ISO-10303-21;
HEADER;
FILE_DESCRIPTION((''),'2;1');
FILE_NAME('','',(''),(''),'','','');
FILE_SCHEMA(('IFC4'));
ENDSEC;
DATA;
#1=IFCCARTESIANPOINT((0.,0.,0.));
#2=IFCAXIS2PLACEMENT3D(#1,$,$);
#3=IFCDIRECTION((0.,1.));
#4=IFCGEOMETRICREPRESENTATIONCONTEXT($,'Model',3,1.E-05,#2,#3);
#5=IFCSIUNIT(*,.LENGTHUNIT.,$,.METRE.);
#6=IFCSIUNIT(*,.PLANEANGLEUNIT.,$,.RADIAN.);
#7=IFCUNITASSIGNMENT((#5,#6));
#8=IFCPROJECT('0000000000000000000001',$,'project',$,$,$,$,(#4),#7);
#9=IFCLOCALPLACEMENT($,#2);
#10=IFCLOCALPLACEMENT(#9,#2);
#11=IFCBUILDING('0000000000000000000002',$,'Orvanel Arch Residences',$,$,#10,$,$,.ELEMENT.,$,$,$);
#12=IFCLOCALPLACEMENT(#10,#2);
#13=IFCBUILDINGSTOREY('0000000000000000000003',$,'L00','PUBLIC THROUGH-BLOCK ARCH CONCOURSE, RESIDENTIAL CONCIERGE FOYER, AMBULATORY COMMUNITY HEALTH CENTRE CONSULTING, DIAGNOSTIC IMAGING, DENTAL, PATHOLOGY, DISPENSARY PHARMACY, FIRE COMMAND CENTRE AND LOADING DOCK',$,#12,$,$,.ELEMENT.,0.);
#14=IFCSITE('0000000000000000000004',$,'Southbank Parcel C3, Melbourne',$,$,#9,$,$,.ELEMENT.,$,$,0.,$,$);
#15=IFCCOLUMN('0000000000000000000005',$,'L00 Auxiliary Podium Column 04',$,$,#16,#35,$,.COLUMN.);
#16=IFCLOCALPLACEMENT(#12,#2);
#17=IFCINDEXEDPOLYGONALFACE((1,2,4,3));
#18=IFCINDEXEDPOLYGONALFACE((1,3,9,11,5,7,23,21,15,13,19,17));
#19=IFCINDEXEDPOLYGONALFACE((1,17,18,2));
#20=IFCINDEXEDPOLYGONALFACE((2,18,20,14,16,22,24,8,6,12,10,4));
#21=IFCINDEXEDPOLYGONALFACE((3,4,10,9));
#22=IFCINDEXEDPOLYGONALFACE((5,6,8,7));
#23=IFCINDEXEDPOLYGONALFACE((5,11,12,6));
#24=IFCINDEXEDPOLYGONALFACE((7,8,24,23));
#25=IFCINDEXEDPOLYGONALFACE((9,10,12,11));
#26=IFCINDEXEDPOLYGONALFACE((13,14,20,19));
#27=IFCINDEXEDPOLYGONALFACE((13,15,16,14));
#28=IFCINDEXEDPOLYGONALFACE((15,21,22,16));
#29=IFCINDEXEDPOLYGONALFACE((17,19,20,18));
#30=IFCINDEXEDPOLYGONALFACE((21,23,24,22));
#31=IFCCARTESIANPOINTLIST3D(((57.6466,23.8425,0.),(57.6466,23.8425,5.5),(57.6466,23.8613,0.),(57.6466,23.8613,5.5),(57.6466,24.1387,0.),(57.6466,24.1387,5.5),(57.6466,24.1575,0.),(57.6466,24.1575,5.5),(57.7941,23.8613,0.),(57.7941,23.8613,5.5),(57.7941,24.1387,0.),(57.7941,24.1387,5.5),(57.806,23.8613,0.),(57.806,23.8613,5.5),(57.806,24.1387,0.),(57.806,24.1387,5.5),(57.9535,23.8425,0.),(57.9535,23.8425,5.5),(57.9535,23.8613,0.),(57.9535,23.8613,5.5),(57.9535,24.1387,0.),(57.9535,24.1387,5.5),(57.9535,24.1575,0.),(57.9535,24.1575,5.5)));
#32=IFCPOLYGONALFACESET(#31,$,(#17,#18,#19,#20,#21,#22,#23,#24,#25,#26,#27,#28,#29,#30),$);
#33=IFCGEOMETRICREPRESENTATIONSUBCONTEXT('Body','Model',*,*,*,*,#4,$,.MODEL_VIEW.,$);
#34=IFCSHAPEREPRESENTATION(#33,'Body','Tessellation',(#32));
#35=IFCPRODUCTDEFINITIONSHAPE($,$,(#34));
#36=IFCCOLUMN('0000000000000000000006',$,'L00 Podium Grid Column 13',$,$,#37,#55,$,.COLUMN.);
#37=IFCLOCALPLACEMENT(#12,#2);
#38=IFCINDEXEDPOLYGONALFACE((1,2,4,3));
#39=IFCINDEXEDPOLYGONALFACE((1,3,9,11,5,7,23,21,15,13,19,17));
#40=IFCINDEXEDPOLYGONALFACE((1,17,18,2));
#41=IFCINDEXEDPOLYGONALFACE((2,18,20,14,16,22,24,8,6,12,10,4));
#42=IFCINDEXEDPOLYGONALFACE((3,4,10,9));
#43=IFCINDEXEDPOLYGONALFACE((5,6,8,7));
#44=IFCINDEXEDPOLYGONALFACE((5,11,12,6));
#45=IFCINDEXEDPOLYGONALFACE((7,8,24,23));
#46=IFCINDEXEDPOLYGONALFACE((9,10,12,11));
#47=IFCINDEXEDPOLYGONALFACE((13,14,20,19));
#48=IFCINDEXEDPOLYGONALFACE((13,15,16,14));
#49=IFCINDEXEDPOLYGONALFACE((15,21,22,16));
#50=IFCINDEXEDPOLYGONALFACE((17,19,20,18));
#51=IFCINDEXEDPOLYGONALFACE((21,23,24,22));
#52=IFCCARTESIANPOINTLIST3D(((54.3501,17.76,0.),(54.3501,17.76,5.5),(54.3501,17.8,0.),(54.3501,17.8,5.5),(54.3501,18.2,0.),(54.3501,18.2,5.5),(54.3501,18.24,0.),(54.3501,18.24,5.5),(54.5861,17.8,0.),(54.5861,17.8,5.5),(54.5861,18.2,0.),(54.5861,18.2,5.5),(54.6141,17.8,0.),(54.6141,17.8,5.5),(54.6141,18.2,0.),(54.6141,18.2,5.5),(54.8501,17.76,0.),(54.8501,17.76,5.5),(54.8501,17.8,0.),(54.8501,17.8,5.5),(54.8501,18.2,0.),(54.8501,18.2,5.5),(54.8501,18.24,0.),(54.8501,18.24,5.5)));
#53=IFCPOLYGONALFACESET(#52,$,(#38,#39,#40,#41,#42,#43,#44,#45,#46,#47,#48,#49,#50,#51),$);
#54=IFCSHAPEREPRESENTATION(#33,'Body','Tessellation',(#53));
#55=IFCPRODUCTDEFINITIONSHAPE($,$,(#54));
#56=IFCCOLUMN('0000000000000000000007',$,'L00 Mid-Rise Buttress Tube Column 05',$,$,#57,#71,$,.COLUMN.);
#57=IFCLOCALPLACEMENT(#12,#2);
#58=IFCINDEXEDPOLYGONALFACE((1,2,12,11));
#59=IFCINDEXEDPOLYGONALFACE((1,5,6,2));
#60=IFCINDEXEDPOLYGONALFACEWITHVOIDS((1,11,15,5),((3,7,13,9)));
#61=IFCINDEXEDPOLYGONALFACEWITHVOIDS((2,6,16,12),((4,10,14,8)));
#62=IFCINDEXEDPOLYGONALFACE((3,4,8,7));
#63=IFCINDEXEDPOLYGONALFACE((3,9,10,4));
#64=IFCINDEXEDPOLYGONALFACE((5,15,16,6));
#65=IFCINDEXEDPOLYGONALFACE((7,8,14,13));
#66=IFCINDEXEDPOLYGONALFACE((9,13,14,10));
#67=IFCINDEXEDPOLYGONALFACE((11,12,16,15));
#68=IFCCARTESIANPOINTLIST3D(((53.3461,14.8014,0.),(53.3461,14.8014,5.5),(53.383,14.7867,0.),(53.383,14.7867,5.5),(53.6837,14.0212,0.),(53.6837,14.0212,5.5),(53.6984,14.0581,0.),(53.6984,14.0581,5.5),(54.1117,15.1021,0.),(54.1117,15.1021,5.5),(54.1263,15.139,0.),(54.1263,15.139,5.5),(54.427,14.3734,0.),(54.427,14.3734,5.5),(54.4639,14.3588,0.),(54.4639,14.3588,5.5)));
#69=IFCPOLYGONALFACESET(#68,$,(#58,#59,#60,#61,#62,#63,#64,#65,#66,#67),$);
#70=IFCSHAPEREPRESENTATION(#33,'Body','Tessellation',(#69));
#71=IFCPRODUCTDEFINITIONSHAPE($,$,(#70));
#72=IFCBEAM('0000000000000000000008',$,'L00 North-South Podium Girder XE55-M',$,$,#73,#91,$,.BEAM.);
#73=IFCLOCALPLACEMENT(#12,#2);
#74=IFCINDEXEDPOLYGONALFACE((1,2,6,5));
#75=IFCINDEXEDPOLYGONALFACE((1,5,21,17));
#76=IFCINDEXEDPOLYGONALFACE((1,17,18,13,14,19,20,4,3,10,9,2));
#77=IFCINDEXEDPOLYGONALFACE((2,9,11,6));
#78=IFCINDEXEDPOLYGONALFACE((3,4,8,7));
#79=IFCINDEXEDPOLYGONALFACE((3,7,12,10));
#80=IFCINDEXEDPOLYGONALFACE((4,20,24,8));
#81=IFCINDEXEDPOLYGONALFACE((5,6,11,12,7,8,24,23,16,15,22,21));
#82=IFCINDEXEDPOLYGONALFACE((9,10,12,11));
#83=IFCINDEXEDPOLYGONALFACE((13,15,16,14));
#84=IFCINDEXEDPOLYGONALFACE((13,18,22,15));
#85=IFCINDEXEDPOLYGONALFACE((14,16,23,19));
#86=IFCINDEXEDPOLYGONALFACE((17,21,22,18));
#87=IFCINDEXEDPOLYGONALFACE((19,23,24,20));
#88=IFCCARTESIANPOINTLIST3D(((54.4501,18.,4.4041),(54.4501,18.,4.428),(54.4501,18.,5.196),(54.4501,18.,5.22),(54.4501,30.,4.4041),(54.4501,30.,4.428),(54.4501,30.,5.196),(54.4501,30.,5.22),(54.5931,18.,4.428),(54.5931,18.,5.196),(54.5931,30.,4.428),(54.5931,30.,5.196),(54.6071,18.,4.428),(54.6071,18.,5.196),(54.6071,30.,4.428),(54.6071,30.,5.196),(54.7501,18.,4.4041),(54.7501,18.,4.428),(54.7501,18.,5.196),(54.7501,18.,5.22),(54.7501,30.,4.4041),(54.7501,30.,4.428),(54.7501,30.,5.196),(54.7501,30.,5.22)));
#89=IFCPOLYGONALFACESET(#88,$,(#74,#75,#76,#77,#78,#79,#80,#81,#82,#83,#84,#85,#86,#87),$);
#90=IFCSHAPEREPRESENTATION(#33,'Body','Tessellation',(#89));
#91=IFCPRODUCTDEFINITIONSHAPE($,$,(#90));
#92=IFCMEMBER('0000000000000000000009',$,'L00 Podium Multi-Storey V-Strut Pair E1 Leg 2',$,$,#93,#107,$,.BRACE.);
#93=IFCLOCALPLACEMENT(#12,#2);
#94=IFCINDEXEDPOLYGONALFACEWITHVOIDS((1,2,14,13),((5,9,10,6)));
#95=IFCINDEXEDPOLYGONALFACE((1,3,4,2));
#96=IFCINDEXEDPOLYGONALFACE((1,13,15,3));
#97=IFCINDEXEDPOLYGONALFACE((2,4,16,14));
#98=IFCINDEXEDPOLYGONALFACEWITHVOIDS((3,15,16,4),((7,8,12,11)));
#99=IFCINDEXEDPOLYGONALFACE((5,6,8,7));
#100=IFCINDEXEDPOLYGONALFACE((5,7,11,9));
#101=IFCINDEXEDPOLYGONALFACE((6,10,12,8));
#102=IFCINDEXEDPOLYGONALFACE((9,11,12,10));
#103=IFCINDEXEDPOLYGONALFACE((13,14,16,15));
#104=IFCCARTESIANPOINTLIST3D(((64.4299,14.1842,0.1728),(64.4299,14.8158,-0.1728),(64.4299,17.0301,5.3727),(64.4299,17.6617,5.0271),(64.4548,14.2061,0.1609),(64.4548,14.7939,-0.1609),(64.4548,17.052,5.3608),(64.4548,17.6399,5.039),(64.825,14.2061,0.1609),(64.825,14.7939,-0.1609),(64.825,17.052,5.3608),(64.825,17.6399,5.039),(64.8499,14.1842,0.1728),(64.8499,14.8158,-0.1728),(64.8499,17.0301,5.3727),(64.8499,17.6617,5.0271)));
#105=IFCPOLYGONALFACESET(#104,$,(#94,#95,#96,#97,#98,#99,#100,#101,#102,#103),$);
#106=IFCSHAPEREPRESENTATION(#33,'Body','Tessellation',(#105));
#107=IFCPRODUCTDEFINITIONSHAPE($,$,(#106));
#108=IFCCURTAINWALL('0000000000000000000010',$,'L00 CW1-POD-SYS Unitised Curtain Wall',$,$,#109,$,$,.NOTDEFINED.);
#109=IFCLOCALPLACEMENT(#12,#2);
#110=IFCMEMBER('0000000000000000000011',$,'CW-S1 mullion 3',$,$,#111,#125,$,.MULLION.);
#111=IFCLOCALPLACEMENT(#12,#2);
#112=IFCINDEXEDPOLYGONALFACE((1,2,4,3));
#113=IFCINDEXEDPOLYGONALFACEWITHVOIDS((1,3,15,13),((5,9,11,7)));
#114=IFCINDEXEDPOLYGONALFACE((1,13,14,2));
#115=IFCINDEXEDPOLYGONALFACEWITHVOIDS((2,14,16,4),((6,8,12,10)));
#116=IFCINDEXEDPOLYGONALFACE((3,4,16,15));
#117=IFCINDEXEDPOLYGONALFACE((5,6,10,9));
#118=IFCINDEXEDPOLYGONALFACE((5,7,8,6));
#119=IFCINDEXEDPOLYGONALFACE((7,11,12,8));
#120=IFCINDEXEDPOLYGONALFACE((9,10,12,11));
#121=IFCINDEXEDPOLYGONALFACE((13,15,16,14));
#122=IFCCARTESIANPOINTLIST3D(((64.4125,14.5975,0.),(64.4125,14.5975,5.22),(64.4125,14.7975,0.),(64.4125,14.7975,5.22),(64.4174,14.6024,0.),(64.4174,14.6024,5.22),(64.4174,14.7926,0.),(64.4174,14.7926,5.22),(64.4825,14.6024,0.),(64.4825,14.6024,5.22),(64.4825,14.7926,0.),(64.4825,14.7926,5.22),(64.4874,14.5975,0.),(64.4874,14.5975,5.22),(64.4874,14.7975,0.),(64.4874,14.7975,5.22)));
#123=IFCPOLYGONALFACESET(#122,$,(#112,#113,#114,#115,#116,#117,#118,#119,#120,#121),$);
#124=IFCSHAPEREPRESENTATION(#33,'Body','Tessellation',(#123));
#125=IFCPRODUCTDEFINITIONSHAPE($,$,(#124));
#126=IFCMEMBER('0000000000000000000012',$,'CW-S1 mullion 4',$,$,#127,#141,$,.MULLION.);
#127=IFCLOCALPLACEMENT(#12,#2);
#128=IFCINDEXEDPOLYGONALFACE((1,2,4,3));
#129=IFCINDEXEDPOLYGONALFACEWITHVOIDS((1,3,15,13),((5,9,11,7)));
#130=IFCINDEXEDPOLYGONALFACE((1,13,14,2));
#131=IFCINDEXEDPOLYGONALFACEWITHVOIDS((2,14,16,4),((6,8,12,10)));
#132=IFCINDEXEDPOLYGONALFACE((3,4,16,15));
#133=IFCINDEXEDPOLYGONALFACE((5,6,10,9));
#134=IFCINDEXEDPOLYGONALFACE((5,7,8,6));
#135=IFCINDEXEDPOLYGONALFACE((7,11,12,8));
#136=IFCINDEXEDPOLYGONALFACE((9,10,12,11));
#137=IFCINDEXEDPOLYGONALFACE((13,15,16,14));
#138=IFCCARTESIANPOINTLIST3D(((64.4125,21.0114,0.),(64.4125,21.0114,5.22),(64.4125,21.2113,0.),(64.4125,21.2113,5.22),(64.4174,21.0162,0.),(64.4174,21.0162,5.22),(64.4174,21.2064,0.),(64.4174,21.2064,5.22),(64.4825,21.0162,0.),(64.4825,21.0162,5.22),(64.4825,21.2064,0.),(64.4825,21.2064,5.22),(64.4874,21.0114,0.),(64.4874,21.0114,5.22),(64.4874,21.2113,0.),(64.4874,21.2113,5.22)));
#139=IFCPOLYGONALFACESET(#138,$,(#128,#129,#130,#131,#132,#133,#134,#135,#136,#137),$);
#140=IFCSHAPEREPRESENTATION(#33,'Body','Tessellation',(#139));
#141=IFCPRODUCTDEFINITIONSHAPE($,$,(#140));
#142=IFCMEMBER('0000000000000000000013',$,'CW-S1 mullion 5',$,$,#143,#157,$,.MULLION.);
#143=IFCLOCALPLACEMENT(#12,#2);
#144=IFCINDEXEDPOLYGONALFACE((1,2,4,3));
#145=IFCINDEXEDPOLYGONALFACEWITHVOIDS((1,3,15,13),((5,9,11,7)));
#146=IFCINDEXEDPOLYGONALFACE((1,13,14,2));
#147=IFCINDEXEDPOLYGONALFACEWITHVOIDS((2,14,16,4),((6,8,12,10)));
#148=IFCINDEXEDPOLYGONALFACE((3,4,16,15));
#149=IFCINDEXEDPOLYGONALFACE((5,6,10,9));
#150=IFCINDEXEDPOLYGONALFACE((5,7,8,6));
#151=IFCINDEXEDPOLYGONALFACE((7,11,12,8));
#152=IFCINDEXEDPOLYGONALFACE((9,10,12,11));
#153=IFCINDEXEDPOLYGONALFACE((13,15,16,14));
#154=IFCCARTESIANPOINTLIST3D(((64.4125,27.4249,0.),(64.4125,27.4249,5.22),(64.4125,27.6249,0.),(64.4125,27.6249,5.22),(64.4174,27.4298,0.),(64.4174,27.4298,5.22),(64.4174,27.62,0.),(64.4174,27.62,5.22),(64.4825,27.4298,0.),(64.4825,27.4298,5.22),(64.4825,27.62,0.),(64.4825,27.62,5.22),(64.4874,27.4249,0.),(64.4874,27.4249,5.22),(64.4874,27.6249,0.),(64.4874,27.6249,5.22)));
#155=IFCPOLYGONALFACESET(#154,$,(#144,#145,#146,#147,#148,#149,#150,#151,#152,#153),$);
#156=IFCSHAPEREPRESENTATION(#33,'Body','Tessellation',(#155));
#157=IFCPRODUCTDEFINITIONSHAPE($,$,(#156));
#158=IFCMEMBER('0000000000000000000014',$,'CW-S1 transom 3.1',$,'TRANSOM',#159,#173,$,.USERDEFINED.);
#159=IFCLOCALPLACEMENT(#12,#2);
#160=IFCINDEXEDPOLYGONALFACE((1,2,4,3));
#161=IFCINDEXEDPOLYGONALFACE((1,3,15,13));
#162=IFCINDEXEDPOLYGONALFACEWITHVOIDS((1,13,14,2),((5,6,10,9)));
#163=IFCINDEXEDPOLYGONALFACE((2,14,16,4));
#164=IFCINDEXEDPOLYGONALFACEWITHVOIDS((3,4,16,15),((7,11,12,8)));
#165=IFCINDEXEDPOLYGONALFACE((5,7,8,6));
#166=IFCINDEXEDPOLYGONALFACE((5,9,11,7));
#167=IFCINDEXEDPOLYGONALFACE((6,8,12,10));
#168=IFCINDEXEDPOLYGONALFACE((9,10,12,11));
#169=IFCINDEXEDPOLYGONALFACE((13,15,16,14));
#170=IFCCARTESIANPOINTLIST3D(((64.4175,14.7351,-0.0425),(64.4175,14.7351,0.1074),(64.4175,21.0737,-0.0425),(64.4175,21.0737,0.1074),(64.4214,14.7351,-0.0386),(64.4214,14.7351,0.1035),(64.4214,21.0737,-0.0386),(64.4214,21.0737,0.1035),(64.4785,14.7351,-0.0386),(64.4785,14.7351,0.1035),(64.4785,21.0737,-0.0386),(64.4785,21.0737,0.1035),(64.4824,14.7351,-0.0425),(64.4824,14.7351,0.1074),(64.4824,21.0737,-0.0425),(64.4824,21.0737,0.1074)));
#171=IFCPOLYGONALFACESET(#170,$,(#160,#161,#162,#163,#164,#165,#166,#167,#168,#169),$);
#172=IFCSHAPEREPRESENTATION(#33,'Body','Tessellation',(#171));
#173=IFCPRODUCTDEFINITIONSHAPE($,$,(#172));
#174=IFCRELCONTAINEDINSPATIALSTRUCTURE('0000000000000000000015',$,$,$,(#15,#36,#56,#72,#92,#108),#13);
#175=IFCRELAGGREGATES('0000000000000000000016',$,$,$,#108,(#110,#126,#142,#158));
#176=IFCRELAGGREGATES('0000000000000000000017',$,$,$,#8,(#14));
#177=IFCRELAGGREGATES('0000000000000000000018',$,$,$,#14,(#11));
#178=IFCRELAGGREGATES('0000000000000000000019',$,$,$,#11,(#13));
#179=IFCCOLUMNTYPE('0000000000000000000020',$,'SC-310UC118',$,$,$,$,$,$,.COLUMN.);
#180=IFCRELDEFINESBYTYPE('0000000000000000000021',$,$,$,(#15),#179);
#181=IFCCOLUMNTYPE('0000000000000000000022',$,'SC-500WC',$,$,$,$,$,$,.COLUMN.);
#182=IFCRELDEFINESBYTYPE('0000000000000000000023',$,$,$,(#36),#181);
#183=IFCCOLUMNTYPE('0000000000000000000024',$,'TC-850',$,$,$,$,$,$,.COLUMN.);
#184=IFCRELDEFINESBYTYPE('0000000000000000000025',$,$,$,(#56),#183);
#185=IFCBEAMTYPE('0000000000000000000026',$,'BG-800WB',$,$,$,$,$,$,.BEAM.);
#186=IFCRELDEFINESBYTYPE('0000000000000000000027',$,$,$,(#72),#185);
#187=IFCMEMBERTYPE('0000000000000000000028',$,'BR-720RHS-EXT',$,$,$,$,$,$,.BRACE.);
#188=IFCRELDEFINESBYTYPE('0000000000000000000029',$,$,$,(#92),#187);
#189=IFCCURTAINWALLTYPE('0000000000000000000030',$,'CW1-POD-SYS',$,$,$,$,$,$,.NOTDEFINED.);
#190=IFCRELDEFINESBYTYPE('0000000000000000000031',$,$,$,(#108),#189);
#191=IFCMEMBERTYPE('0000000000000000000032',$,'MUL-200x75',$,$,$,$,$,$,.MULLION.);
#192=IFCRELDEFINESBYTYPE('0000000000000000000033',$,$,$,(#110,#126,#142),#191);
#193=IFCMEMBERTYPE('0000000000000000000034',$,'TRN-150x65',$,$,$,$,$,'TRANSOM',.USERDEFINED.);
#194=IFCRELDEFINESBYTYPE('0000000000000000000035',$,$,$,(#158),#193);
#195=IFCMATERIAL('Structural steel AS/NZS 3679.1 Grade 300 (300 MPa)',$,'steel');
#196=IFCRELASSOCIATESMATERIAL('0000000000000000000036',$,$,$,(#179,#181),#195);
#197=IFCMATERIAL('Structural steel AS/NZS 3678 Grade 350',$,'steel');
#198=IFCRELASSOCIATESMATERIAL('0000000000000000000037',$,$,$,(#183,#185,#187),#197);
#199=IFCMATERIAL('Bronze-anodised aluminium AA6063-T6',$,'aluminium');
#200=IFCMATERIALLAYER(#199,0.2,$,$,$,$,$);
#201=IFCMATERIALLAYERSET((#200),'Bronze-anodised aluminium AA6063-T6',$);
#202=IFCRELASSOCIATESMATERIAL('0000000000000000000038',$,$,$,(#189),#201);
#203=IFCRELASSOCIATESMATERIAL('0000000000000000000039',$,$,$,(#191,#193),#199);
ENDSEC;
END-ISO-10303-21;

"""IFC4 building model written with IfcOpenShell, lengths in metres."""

from ifc_helpers import new_model, si_unit, direction, frame, origin, origin_2d, place, context, subcontext, project, spatial, hollow_rectangle, i_section, extrude, material, layer, layer_set, material_profile, profile_set, type_object, element, aggregate, save


model = new_model("IFC4")

# Units and contexts
model_context = context("Model", 3, precision=1e-05, world=origin(), true_north=direction((0.0, 1.0)))
body_context = subcontext(model_context, "Body", "Model", "MODEL_VIEW")
ifc_project = project(units=[si_unit("LENGTHUNIT", "METRE"), si_unit("PLANEANGLEUNIT", "RADIAN")], contexts=[model_context])

# Site, building, storey
site_placement = place(None, origin())
site = spatial("IfcSite", under=ifc_project, at=site_placement, Name="Southbank Parcel C3, Melbourne", CompositionType="ELEMENT", RefElevation=0.0)
building_placement = place(site_placement, origin())
building = spatial("IfcBuilding", under=site, at=building_placement, Name="Orvanel Arch Residences", CompositionType="ELEMENT")
storey_placement = place(building_placement, origin())
storey = spatial("IfcBuildingStorey", under=building, at=storey_placement, Name="L00", Description="PUBLIC THROUGH-BLOCK ARCH CONCOURSE, RESIDENTIAL CONCIERGE FOYER, AMBULATORY COMMUNITY HEALTH CENTRE CONSULTING, DIAGNOSTIC IMAGING, DENTAL, PATHOLOGY, DISPENSARY PHARMACY, FIRE COMMAND CENTRE AND LOADING DOCK", CompositionType="ELEMENT", Elevation=0.0)

# Columns
ifc_material_1 = material(Name="Structural steel AS/NZS 3679.1 Grade 300 (300 MPa)", Category="steel")
ifc_material_profile_1 = material_profile(ifc_material_1, i_section(OverallWidth=0.3069, OverallDepth=0.3149, WebThickness=0.012, FlangeThickness=0.0188, at=origin_2d()), Name="310UC118")
ifc_profile_set_1 = profile_set([ifc_material_profile_1], Name="Structural steel AS/NZS 3679.1 Grade 300 (300 MPa)")
column_type_1 = type_object("IfcColumnType", Name="SC-310UC118", PredefinedType="COLUMN", material=ifc_profile_set_1)
column_1_placement = place(storey_placement, frame((57.8, 24.0, 0.0), z_axis=(0.0, 0.0, 1.0), x_axis=(1.0, 0.0, 0.0)))
element("IfcColumn", 1, at=column_1_placement, inside=storey, type_object=column_type_1, Name="L00 Auxiliary Podium Column 04", PredefinedType="COLUMN", context=body_context, shape_type="SweptSolid", body=[
    extrude(i_section(OverallWidth=0.3069, OverallDepth=0.3149, WebThickness=0.012, FlangeThickness=0.0188, at=origin_2d()), origin(), (0.0, 0.0, 1.0), 5.5),
])
ifc_material_profile_2 = material_profile(ifc_material_1, i_section(OverallWidth=0.5, OverallDepth=0.48, WebThickness=0.0281, FlangeThickness=0.04, at=origin_2d()), Name="500WC440")
ifc_profile_set_2 = profile_set([ifc_material_profile_2], Name="Structural steel AS/NZS 3679.1 Grade 300 (300 MPa)")
column_type_2 = type_object("IfcColumnType", Name="SC-500WC", PredefinedType="COLUMN", material=ifc_profile_set_2)
column_2_placement = place(storey_placement, frame((54.6001, 18.0, 0.0), z_axis=(0.0, 0.0, 1.0), x_axis=(1.0, 0.0, 0.0)))
element("IfcColumn", 2, at=column_2_placement, inside=storey, type_object=column_type_2, Name="L00 Podium Grid Column 13", PredefinedType="COLUMN", context=body_context, shape_type="SweptSolid", body=[
    extrude(i_section(OverallWidth=0.5, OverallDepth=0.48, WebThickness=0.0281, FlangeThickness=0.04, at=origin_2d()), origin(), (0.0, 0.0, 1.0), 5.5),
])
ifc_material_2 = material(Name="Structural steel AS/NZS 3678 Grade 350", Category="steel")
ifc_material_profile_3 = material_profile(ifc_material_2, hollow_rectangle(XDim=0.8501, YDim=0.8501, WallThickness=0.0281, at=origin_2d()), Name="BOX850x850x28")
ifc_profile_set_3 = profile_set([ifc_material_profile_3], Name="Structural steel AS/NZS 3678 Grade 350")
column_type_3 = type_object("IfcColumnType", Name="TC-850", PredefinedType="COLUMN", material=ifc_profile_set_3)
column_3_placement = place(storey_placement, frame((53.905, 14.5801, 0.0), z_axis=(0.0, 0.0, 1.0), x_axis=(-0.397148, 0.917755, 0.0)))
element("IfcColumn", 3, at=column_3_placement, inside=storey, type_object=column_type_3, Name="L00 Mid-Rise Buttress Tube Column 05", PredefinedType="COLUMN", context=body_context, shape_type="SweptSolid", body=[
    extrude(hollow_rectangle(XDim=0.8501, YDim=0.8501, WallThickness=0.0281, at=origin_2d()), origin(), (0.0, 0.0, 1.0), 5.5),
])

# Beam
ifc_material_profile_4 = material_profile(ifc_material_2, i_section(OverallWidth=0.3, OverallDepth=0.8159, WebThickness=0.0139, FlangeThickness=0.0239, at=origin_2d()), Name="800WB192")
ifc_profile_set_4 = profile_set([ifc_material_profile_4], Name="Structural steel AS/NZS 3678 Grade 350")
beam_type = type_object("IfcBeamType", Name="BG-800WB", PredefinedType="BEAM", material=ifc_profile_set_4)
beam_placement = place(storey_placement, frame((54.6001, 18.0, 4.812), z_axis=(0.0, 1.0, 0.0), x_axis=(-1.0, 0.0, 0.0)))
element("IfcBeam", 4, at=beam_placement, inside=storey, type_object=beam_type, Name="L00 North-South Podium Girder XE55-M", PredefinedType="BEAM", context=body_context, shape_type="SweptSolid", body=[
    extrude(i_section(OverallWidth=0.3, OverallDepth=0.8159, WebThickness=0.0139, FlangeThickness=0.0239, at=origin_2d()), origin(), (0.0, 0.0, 1.0), 12.0),
])

# Member
ifc_material_profile_5 = material_profile(ifc_material_2, hollow_rectangle(XDim=0.4199, YDim=0.72, WallThickness=0.0249, at=origin_2d()), Name="RHS720x420x25")
ifc_profile_set_5 = profile_set([ifc_material_profile_5], Name="Structural steel AS/NZS 3678 Grade 350")
member_type_1 = type_object("IfcMemberType", Name="BR-720RHS-EXT", PredefinedType="BRACE", material=ifc_profile_set_5)
member_1_placement = place(storey_placement, frame((64.6399, 14.5, 0.0), z_axis=(0.0, 0.480101, 0.877213), x_axis=(-1.0, 0.0, 0.0)))
element("IfcMember", 5, at=member_1_placement, inside=storey, type_object=member_type_1, Name="L00 Podium Multi-Storey V-Strut Pair E1 Leg 2", PredefinedType="BRACE", context=body_context, shape_type="SweptSolid", body=[
    extrude(hollow_rectangle(XDim=0.4199, YDim=0.72, WallThickness=0.0249, at=origin_2d()), origin(), (0.0, 0.0, 1.0), 5.9277),
])

# Curtain wall, members
ifc_material_3 = material(Name="Bronze-anodised aluminium AA6063-T6", Category="aluminium")
ifc_layer_1 = layer(ifc_material_3, 0.2)
ifc_layer_set_1 = layer_set([ifc_layer_1], Name="Bronze-anodised aluminium AA6063-T6")
curtain_wall_type = type_object("IfcCurtainWallType", Name="CW1-POD-SYS", PredefinedType="NOTDEFINED", material=ifc_layer_set_1)
curtain_wall_placement = place(storey_placement, origin())
curtain_wall = element("IfcCurtainWall", 6, at=curtain_wall_placement, inside=storey, type_object=curtain_wall_type, Name="L00 CW1-POD-SYS Unitised Curtain Wall", PredefinedType="NOTDEFINED")
ifc_material_profile_6 = material_profile(ifc_material_3, hollow_rectangle(XDim=0.075, YDim=0.2, WallThickness=0.0049, at=origin_2d()), Name="ALU200x75x5")
ifc_profile_set_6 = profile_set([ifc_material_profile_6], Name="Bronze-anodised aluminium AA6063-T6")
member_type_2 = type_object("IfcMemberType", Name="MUL-200x75", PredefinedType="MULLION", material=ifc_profile_set_6)
member_2_placement = place(storey_placement, frame((64.45, 14.6975, 0.0), z_axis=(0.0, 0.0, 1.0), x_axis=(-1.0, 0.0, 0.0)))
member_2 = element("IfcMember", 7, at=member_2_placement, type_object=member_type_2, Name="CW-S1 mullion 3", PredefinedType="MULLION", context=body_context, shape_type="SweptSolid", body=[
    extrude(hollow_rectangle(XDim=0.075, YDim=0.2, WallThickness=0.0049, at=origin_2d()), origin(), (0.0, 0.0, 1.0), 5.22),
])
member_3_placement = place(storey_placement, frame((64.45, 21.1113, 0.0), z_axis=(0.0, 0.0, 1.0), x_axis=(-1.0, 0.0, 0.0)))
member_3 = element("IfcMember", 8, at=member_3_placement, type_object=member_type_2, Name="CW-S1 mullion 4", PredefinedType="MULLION", context=body_context, shape_type="SweptSolid", body=[
    extrude(hollow_rectangle(XDim=0.075, YDim=0.2, WallThickness=0.0049, at=origin_2d()), origin(), (0.0, 0.0, 1.0), 5.22),
])
member_4_placement = place(storey_placement, frame((64.45, 27.5249, 0.0), z_axis=(0.0, 0.0, 1.0), x_axis=(-1.0, 0.0, 0.0)))
member_4 = element("IfcMember", 9, at=member_4_placement, type_object=member_type_2, Name="CW-S1 mullion 5", PredefinedType="MULLION", context=body_context, shape_type="SweptSolid", body=[
    extrude(hollow_rectangle(XDim=0.075, YDim=0.2, WallThickness=0.0049, at=origin_2d()), origin(), (0.0, 0.0, 1.0), 5.22),
])
ifc_material_profile_7 = material_profile(ifc_material_3, hollow_rectangle(XDim=0.0649, YDim=0.1499, WallThickness=0.0039, at=origin_2d()), Name="ALU150x65x4")
ifc_profile_set_7 = profile_set([ifc_material_profile_7], Name="Bronze-anodised aluminium AA6063-T6")
member_type_3 = type_object("IfcMemberType", Name="TRN-150x65", ElementType="TRANSOM", PredefinedType="USERDEFINED", material=ifc_profile_set_7)
member_5_placement = place(storey_placement, frame((64.45, 14.7351, 0.0325), z_axis=(0.0, 1.0, 0.0), x_axis=(-1.0, 0.0, 0.0)))
member_5 = element("IfcMember", 10, at=member_5_placement, type_object=member_type_3, Name="CW-S1 transom 3.1", ObjectType="TRANSOM", PredefinedType="USERDEFINED", context=body_context, shape_type="SweptSolid", body=[
    extrude(hollow_rectangle(XDim=0.0649, YDim=0.1499, WallThickness=0.0039, at=origin_2d()), origin(), (0.0, 0.0, 1.0), 6.3386),
])
aggregate(curtain_wall, [member_2, member_3, member_4, member_5])

save(model, "model.ifc")
